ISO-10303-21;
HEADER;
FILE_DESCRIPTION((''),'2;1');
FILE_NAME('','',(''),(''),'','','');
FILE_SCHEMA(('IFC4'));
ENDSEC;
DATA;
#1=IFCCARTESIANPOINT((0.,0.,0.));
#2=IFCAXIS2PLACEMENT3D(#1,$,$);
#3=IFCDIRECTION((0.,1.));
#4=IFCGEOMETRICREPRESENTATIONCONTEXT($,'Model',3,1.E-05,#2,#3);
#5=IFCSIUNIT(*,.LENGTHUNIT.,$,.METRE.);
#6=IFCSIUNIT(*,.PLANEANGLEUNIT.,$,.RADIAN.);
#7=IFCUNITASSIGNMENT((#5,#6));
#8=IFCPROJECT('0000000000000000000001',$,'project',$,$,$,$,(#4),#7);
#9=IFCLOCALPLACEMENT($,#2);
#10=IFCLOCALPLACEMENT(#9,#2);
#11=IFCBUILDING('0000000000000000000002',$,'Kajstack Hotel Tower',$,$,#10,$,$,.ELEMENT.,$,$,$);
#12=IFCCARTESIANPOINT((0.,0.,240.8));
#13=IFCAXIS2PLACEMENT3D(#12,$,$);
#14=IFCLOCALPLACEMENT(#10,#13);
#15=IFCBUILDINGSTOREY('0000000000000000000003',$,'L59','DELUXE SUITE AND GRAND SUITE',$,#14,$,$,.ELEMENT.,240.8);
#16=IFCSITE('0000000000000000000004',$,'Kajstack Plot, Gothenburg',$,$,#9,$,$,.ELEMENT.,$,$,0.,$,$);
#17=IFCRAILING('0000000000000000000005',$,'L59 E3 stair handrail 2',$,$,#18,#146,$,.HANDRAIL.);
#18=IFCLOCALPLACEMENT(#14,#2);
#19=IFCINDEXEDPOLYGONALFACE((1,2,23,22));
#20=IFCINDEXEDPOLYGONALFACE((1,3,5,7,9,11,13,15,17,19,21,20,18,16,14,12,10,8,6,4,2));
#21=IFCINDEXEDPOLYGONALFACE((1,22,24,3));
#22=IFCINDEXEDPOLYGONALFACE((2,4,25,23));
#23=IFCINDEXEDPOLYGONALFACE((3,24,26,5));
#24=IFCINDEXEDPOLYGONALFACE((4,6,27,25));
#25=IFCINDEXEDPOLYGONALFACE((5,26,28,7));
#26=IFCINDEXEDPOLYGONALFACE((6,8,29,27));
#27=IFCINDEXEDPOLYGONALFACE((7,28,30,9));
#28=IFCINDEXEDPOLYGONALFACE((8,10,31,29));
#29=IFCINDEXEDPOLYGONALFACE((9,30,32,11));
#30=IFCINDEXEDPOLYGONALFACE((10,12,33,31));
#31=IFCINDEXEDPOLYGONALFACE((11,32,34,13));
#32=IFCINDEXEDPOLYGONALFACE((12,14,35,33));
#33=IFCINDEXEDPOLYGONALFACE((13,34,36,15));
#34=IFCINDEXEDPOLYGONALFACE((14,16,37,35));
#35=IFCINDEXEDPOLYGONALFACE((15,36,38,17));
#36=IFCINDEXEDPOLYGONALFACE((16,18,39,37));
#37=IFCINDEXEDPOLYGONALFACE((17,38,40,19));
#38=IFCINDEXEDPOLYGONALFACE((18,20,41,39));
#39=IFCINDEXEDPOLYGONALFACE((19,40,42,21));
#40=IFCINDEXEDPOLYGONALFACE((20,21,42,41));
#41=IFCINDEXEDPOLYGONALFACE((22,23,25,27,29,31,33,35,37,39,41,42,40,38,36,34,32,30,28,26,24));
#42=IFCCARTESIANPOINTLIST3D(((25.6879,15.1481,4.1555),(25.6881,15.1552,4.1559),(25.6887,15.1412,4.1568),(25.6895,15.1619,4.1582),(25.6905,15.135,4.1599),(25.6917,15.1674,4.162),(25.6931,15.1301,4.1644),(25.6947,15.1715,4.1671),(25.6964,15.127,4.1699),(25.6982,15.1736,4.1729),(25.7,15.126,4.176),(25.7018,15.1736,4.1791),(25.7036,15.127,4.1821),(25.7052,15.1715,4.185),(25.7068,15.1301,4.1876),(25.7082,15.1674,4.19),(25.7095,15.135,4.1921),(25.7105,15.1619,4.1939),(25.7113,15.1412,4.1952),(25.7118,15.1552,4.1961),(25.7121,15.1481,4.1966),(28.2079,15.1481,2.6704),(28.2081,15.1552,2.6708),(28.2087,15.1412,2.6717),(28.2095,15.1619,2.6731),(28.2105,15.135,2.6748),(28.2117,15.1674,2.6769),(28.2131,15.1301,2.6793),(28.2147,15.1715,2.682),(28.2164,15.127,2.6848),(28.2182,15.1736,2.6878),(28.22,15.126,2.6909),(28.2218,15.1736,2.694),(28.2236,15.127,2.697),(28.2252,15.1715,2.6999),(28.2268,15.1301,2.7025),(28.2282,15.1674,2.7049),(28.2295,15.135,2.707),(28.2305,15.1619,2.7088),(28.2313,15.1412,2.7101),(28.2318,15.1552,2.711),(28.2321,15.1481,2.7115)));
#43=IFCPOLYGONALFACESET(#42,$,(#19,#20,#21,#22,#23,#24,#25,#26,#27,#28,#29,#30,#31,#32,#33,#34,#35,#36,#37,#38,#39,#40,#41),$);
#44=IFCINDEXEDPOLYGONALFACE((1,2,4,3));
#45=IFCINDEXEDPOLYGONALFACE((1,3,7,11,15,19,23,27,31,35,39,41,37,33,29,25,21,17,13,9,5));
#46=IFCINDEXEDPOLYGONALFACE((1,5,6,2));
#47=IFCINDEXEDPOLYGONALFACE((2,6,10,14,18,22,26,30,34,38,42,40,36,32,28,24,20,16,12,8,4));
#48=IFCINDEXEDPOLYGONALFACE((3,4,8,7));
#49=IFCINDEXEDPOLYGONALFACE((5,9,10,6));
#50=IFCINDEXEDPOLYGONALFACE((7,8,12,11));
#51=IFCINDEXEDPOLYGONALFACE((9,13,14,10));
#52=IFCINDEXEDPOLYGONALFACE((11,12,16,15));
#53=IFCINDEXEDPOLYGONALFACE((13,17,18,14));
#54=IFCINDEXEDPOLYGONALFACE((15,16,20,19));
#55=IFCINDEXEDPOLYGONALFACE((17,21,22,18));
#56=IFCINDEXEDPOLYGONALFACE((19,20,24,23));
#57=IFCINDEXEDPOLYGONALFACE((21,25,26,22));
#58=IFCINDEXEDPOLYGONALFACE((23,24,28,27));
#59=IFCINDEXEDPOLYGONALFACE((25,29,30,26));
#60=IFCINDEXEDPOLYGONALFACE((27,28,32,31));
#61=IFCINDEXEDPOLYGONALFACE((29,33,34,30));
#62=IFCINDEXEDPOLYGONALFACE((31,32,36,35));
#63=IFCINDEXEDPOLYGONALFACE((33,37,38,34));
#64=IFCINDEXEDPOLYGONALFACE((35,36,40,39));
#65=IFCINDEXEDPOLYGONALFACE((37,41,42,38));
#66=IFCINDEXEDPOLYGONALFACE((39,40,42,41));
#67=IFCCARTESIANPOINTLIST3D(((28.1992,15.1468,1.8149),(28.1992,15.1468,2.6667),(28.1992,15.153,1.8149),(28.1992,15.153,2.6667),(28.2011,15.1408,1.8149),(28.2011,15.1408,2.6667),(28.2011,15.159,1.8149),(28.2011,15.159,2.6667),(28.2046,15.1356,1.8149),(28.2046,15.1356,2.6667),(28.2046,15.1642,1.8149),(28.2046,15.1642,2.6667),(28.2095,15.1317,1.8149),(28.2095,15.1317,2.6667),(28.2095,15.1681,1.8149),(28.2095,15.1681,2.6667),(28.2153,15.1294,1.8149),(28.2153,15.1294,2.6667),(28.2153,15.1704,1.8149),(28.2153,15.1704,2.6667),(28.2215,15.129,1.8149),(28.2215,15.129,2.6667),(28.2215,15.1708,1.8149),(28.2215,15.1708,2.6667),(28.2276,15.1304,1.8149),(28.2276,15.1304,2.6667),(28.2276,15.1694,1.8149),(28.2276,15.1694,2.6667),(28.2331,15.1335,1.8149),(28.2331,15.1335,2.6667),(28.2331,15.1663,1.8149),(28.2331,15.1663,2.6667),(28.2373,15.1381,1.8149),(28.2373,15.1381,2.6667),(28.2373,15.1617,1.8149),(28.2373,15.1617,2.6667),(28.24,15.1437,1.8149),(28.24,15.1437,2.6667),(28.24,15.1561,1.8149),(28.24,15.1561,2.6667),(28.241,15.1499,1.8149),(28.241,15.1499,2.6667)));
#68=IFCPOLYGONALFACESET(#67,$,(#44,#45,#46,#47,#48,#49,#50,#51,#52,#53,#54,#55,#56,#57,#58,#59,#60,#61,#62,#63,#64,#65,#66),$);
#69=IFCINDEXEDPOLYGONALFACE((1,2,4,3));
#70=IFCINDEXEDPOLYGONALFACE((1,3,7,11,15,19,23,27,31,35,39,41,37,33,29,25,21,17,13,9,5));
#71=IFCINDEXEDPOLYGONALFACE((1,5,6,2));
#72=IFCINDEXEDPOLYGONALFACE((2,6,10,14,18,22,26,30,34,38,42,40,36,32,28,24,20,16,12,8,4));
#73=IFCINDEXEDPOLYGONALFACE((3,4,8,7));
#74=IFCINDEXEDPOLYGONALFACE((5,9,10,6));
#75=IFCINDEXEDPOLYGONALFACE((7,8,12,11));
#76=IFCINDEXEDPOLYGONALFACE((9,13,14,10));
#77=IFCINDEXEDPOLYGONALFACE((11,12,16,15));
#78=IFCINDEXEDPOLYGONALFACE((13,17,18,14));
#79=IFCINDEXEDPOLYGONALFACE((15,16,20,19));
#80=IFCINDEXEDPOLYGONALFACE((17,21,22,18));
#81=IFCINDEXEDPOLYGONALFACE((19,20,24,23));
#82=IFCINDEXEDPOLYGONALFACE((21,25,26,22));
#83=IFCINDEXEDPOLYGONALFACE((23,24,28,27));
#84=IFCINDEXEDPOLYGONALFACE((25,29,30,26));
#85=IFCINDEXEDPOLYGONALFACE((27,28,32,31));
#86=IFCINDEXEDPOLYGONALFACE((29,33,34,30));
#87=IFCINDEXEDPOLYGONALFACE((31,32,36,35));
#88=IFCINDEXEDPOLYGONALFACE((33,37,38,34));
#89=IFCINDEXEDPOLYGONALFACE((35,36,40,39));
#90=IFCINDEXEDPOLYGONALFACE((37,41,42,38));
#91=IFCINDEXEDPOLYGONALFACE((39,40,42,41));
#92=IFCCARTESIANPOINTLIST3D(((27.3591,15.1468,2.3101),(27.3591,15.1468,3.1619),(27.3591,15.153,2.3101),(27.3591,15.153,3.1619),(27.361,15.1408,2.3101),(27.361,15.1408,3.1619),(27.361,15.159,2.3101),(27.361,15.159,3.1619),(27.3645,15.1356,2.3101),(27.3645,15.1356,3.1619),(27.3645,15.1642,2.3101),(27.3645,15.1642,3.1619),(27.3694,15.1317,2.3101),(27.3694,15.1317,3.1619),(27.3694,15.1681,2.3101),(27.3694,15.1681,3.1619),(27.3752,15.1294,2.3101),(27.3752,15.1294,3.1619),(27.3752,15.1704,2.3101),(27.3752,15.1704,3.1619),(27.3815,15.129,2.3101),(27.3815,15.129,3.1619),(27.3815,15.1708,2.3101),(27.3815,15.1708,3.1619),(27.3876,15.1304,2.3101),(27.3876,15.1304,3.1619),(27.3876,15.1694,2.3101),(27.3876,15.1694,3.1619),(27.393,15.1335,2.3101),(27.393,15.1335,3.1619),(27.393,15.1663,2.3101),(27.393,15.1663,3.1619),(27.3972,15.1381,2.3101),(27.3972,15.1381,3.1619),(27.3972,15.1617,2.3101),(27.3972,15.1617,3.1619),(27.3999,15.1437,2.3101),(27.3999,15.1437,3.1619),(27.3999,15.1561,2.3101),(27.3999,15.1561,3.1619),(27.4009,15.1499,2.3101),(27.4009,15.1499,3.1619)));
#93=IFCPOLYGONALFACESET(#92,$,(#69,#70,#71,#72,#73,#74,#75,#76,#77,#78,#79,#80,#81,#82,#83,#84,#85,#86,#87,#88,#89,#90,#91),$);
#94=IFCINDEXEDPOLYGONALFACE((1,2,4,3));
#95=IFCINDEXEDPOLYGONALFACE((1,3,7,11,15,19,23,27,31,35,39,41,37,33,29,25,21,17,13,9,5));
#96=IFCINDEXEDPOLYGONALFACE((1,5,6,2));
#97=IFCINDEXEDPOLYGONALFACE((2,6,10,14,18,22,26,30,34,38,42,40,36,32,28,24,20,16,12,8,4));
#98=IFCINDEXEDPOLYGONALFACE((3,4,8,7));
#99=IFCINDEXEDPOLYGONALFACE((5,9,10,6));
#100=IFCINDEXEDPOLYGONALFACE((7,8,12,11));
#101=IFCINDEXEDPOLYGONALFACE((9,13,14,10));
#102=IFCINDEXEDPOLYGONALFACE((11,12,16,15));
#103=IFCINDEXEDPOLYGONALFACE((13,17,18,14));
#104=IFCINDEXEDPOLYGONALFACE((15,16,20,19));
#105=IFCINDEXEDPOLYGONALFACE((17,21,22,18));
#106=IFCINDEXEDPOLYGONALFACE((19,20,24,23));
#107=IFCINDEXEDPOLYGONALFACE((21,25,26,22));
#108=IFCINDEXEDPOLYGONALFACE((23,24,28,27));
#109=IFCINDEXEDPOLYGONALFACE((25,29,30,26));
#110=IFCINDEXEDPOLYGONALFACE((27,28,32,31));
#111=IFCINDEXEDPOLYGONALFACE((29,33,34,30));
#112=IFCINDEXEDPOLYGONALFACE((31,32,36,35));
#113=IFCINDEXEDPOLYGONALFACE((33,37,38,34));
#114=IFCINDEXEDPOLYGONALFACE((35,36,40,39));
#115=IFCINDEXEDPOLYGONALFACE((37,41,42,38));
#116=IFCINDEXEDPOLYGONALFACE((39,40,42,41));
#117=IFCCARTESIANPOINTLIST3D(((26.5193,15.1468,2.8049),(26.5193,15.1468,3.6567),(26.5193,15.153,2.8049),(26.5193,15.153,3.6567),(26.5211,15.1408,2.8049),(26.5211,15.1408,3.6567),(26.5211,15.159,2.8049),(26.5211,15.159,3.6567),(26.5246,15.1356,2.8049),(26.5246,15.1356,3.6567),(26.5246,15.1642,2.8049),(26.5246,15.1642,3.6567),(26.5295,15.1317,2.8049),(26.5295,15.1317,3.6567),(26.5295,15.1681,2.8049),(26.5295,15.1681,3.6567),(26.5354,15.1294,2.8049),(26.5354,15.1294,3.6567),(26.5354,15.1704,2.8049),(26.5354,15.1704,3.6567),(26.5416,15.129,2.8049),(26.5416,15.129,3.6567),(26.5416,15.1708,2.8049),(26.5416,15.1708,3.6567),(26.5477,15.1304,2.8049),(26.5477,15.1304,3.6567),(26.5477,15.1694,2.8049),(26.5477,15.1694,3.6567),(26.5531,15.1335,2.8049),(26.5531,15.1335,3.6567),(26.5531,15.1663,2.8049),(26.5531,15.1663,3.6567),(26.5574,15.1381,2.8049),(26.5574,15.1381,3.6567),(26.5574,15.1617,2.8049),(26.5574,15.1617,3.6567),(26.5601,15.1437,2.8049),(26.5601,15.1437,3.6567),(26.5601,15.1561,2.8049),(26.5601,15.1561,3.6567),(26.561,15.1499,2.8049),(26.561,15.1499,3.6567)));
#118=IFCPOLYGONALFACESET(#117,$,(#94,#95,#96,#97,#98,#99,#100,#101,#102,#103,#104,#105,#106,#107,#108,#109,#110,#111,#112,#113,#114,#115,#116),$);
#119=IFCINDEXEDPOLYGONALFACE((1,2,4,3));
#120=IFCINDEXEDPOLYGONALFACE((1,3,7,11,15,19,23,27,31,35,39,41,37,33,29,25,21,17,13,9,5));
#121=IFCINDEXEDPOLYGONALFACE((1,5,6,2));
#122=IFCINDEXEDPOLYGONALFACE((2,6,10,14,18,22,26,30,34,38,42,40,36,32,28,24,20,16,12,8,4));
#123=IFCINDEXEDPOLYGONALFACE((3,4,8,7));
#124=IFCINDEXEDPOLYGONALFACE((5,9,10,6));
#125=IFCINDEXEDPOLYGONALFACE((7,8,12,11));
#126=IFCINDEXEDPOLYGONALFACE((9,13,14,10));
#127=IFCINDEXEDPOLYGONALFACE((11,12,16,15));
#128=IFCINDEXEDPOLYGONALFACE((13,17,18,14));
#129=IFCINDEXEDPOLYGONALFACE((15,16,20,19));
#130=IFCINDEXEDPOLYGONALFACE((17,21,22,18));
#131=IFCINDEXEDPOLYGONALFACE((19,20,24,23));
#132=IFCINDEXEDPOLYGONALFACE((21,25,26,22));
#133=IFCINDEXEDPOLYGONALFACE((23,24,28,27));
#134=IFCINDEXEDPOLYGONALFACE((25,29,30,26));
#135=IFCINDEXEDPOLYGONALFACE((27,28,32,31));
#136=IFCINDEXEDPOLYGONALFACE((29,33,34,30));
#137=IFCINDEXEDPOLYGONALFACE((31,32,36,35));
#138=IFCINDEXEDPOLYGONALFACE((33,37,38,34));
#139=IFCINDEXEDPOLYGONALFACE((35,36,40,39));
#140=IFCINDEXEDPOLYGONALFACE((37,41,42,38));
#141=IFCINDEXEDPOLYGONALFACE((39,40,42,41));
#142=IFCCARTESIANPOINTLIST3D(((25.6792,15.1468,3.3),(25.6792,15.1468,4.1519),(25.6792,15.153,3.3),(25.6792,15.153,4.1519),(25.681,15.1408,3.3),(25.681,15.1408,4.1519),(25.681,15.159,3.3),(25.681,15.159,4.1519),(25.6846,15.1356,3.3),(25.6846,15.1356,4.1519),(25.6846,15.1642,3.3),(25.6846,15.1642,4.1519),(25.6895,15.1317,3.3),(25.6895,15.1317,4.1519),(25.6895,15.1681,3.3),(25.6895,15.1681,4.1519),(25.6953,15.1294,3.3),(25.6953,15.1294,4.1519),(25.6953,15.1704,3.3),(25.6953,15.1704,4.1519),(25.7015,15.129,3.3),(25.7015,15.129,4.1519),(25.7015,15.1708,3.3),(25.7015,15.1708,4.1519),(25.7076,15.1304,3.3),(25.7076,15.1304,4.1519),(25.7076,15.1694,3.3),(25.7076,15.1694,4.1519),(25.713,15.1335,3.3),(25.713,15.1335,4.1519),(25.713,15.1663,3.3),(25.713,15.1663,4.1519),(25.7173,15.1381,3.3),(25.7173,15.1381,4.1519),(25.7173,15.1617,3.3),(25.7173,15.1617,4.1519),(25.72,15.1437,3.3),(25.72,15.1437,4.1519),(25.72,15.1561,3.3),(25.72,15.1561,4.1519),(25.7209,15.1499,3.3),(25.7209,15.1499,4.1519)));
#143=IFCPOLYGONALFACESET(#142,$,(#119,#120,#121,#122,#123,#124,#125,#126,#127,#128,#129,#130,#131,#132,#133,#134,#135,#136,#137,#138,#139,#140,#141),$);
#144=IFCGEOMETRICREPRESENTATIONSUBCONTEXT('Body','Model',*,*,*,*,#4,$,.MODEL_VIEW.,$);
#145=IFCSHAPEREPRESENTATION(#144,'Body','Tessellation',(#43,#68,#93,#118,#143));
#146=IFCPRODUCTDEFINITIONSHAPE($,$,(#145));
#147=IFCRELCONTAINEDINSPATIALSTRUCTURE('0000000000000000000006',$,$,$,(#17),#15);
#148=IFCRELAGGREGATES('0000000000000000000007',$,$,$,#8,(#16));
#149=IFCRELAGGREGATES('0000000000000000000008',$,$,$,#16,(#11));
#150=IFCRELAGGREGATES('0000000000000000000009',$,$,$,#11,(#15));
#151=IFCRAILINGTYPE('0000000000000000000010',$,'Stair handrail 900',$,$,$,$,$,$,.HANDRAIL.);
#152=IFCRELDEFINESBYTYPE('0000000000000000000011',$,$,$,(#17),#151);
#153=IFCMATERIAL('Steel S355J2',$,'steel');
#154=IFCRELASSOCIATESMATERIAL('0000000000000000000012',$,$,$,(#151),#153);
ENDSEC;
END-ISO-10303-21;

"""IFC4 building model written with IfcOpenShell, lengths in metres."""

from ifc_helpers import new_model, si_unit, direction, frame, origin, origin_2d, place, context, subcontext, project, spatial, circle, extrude, material, type_object, element, save


model = new_model("IFC4")

# Units and contexts
model_context = context("Model", 3, precision=1e-05, world=origin(), true_north=direction((0.0, 1.0)))
body_context = subcontext(model_context, "Body", "Model", "MODEL_VIEW")
ifc_project = project(units=[si_unit("LENGTHUNIT", "METRE"), si_unit("PLANEANGLEUNIT", "RADIAN")], contexts=[model_context])

# Site, building, storey
site_placement = place(None, origin())
site = spatial("IfcSite", under=ifc_project, at=site_placement, Name="Kajstack Plot, Gothenburg", CompositionType="ELEMENT", RefElevation=0.0)
building_placement = place(site_placement, origin())
building = spatial("IfcBuilding", under=site, at=building_placement, Name="Kajstack Hotel Tower", CompositionType="ELEMENT")
storey_placement = place(building_placement, frame((0.0, 0.0, 240.8)))
storey = spatial("IfcBuildingStorey", under=building, at=storey_placement, Name="L59", Description="DELUXE SUITE AND GRAND SUITE", CompositionType="ELEMENT", Elevation=240.8)

# Railing
ifc_material_1 = material(Name="Steel S355J2", Category="steel")
railing_type_1 = type_object("IfcRailingType", Name="Stair handrail 900", PredefinedType="HANDRAIL", material=ifc_material_1)
railing_1_placement = place(storey_placement, frame((28.22, 15.1499, 1.8149)))
element("IfcRailing", 1, at=railing_1_placement, inside=storey, type_object=railing_type_1, Name="L59 E3 stair handrail 2", PredefinedType="HANDRAIL", context=body_context, shape_type="SweptSolid", body=[
    extrude(circle(Radius=0.0239, at=origin_2d()), frame((0.0, 0.0, 0.876), z_axis=(-0.861524, 0.0, 0.507717), x_axis=(0.0, -1.0, 0.0)), (0.0, 0.0, 1.0), 2.925),
    extrude(circle(Radius=0.021, at=origin_2d()), origin(), (0.0, 0.0, 1.0), 0.8518),
    extrude(circle(Radius=0.021, at=origin_2d()), frame((-0.8401, 0.0, 0.4951)), (0.0, 0.0, 1.0), 0.8518),
    extrude(circle(Radius=0.021, at=origin_2d()), frame((-1.6799, 0.0, 0.99)), (0.0, 0.0, 1.0), 0.8518),
    extrude(circle(Radius=0.021, at=origin_2d()), frame((-2.52, 0.0, 1.4851)), (0.0, 0.0, 1.0), 0.8518),
])

save(model, "model.ifc")
